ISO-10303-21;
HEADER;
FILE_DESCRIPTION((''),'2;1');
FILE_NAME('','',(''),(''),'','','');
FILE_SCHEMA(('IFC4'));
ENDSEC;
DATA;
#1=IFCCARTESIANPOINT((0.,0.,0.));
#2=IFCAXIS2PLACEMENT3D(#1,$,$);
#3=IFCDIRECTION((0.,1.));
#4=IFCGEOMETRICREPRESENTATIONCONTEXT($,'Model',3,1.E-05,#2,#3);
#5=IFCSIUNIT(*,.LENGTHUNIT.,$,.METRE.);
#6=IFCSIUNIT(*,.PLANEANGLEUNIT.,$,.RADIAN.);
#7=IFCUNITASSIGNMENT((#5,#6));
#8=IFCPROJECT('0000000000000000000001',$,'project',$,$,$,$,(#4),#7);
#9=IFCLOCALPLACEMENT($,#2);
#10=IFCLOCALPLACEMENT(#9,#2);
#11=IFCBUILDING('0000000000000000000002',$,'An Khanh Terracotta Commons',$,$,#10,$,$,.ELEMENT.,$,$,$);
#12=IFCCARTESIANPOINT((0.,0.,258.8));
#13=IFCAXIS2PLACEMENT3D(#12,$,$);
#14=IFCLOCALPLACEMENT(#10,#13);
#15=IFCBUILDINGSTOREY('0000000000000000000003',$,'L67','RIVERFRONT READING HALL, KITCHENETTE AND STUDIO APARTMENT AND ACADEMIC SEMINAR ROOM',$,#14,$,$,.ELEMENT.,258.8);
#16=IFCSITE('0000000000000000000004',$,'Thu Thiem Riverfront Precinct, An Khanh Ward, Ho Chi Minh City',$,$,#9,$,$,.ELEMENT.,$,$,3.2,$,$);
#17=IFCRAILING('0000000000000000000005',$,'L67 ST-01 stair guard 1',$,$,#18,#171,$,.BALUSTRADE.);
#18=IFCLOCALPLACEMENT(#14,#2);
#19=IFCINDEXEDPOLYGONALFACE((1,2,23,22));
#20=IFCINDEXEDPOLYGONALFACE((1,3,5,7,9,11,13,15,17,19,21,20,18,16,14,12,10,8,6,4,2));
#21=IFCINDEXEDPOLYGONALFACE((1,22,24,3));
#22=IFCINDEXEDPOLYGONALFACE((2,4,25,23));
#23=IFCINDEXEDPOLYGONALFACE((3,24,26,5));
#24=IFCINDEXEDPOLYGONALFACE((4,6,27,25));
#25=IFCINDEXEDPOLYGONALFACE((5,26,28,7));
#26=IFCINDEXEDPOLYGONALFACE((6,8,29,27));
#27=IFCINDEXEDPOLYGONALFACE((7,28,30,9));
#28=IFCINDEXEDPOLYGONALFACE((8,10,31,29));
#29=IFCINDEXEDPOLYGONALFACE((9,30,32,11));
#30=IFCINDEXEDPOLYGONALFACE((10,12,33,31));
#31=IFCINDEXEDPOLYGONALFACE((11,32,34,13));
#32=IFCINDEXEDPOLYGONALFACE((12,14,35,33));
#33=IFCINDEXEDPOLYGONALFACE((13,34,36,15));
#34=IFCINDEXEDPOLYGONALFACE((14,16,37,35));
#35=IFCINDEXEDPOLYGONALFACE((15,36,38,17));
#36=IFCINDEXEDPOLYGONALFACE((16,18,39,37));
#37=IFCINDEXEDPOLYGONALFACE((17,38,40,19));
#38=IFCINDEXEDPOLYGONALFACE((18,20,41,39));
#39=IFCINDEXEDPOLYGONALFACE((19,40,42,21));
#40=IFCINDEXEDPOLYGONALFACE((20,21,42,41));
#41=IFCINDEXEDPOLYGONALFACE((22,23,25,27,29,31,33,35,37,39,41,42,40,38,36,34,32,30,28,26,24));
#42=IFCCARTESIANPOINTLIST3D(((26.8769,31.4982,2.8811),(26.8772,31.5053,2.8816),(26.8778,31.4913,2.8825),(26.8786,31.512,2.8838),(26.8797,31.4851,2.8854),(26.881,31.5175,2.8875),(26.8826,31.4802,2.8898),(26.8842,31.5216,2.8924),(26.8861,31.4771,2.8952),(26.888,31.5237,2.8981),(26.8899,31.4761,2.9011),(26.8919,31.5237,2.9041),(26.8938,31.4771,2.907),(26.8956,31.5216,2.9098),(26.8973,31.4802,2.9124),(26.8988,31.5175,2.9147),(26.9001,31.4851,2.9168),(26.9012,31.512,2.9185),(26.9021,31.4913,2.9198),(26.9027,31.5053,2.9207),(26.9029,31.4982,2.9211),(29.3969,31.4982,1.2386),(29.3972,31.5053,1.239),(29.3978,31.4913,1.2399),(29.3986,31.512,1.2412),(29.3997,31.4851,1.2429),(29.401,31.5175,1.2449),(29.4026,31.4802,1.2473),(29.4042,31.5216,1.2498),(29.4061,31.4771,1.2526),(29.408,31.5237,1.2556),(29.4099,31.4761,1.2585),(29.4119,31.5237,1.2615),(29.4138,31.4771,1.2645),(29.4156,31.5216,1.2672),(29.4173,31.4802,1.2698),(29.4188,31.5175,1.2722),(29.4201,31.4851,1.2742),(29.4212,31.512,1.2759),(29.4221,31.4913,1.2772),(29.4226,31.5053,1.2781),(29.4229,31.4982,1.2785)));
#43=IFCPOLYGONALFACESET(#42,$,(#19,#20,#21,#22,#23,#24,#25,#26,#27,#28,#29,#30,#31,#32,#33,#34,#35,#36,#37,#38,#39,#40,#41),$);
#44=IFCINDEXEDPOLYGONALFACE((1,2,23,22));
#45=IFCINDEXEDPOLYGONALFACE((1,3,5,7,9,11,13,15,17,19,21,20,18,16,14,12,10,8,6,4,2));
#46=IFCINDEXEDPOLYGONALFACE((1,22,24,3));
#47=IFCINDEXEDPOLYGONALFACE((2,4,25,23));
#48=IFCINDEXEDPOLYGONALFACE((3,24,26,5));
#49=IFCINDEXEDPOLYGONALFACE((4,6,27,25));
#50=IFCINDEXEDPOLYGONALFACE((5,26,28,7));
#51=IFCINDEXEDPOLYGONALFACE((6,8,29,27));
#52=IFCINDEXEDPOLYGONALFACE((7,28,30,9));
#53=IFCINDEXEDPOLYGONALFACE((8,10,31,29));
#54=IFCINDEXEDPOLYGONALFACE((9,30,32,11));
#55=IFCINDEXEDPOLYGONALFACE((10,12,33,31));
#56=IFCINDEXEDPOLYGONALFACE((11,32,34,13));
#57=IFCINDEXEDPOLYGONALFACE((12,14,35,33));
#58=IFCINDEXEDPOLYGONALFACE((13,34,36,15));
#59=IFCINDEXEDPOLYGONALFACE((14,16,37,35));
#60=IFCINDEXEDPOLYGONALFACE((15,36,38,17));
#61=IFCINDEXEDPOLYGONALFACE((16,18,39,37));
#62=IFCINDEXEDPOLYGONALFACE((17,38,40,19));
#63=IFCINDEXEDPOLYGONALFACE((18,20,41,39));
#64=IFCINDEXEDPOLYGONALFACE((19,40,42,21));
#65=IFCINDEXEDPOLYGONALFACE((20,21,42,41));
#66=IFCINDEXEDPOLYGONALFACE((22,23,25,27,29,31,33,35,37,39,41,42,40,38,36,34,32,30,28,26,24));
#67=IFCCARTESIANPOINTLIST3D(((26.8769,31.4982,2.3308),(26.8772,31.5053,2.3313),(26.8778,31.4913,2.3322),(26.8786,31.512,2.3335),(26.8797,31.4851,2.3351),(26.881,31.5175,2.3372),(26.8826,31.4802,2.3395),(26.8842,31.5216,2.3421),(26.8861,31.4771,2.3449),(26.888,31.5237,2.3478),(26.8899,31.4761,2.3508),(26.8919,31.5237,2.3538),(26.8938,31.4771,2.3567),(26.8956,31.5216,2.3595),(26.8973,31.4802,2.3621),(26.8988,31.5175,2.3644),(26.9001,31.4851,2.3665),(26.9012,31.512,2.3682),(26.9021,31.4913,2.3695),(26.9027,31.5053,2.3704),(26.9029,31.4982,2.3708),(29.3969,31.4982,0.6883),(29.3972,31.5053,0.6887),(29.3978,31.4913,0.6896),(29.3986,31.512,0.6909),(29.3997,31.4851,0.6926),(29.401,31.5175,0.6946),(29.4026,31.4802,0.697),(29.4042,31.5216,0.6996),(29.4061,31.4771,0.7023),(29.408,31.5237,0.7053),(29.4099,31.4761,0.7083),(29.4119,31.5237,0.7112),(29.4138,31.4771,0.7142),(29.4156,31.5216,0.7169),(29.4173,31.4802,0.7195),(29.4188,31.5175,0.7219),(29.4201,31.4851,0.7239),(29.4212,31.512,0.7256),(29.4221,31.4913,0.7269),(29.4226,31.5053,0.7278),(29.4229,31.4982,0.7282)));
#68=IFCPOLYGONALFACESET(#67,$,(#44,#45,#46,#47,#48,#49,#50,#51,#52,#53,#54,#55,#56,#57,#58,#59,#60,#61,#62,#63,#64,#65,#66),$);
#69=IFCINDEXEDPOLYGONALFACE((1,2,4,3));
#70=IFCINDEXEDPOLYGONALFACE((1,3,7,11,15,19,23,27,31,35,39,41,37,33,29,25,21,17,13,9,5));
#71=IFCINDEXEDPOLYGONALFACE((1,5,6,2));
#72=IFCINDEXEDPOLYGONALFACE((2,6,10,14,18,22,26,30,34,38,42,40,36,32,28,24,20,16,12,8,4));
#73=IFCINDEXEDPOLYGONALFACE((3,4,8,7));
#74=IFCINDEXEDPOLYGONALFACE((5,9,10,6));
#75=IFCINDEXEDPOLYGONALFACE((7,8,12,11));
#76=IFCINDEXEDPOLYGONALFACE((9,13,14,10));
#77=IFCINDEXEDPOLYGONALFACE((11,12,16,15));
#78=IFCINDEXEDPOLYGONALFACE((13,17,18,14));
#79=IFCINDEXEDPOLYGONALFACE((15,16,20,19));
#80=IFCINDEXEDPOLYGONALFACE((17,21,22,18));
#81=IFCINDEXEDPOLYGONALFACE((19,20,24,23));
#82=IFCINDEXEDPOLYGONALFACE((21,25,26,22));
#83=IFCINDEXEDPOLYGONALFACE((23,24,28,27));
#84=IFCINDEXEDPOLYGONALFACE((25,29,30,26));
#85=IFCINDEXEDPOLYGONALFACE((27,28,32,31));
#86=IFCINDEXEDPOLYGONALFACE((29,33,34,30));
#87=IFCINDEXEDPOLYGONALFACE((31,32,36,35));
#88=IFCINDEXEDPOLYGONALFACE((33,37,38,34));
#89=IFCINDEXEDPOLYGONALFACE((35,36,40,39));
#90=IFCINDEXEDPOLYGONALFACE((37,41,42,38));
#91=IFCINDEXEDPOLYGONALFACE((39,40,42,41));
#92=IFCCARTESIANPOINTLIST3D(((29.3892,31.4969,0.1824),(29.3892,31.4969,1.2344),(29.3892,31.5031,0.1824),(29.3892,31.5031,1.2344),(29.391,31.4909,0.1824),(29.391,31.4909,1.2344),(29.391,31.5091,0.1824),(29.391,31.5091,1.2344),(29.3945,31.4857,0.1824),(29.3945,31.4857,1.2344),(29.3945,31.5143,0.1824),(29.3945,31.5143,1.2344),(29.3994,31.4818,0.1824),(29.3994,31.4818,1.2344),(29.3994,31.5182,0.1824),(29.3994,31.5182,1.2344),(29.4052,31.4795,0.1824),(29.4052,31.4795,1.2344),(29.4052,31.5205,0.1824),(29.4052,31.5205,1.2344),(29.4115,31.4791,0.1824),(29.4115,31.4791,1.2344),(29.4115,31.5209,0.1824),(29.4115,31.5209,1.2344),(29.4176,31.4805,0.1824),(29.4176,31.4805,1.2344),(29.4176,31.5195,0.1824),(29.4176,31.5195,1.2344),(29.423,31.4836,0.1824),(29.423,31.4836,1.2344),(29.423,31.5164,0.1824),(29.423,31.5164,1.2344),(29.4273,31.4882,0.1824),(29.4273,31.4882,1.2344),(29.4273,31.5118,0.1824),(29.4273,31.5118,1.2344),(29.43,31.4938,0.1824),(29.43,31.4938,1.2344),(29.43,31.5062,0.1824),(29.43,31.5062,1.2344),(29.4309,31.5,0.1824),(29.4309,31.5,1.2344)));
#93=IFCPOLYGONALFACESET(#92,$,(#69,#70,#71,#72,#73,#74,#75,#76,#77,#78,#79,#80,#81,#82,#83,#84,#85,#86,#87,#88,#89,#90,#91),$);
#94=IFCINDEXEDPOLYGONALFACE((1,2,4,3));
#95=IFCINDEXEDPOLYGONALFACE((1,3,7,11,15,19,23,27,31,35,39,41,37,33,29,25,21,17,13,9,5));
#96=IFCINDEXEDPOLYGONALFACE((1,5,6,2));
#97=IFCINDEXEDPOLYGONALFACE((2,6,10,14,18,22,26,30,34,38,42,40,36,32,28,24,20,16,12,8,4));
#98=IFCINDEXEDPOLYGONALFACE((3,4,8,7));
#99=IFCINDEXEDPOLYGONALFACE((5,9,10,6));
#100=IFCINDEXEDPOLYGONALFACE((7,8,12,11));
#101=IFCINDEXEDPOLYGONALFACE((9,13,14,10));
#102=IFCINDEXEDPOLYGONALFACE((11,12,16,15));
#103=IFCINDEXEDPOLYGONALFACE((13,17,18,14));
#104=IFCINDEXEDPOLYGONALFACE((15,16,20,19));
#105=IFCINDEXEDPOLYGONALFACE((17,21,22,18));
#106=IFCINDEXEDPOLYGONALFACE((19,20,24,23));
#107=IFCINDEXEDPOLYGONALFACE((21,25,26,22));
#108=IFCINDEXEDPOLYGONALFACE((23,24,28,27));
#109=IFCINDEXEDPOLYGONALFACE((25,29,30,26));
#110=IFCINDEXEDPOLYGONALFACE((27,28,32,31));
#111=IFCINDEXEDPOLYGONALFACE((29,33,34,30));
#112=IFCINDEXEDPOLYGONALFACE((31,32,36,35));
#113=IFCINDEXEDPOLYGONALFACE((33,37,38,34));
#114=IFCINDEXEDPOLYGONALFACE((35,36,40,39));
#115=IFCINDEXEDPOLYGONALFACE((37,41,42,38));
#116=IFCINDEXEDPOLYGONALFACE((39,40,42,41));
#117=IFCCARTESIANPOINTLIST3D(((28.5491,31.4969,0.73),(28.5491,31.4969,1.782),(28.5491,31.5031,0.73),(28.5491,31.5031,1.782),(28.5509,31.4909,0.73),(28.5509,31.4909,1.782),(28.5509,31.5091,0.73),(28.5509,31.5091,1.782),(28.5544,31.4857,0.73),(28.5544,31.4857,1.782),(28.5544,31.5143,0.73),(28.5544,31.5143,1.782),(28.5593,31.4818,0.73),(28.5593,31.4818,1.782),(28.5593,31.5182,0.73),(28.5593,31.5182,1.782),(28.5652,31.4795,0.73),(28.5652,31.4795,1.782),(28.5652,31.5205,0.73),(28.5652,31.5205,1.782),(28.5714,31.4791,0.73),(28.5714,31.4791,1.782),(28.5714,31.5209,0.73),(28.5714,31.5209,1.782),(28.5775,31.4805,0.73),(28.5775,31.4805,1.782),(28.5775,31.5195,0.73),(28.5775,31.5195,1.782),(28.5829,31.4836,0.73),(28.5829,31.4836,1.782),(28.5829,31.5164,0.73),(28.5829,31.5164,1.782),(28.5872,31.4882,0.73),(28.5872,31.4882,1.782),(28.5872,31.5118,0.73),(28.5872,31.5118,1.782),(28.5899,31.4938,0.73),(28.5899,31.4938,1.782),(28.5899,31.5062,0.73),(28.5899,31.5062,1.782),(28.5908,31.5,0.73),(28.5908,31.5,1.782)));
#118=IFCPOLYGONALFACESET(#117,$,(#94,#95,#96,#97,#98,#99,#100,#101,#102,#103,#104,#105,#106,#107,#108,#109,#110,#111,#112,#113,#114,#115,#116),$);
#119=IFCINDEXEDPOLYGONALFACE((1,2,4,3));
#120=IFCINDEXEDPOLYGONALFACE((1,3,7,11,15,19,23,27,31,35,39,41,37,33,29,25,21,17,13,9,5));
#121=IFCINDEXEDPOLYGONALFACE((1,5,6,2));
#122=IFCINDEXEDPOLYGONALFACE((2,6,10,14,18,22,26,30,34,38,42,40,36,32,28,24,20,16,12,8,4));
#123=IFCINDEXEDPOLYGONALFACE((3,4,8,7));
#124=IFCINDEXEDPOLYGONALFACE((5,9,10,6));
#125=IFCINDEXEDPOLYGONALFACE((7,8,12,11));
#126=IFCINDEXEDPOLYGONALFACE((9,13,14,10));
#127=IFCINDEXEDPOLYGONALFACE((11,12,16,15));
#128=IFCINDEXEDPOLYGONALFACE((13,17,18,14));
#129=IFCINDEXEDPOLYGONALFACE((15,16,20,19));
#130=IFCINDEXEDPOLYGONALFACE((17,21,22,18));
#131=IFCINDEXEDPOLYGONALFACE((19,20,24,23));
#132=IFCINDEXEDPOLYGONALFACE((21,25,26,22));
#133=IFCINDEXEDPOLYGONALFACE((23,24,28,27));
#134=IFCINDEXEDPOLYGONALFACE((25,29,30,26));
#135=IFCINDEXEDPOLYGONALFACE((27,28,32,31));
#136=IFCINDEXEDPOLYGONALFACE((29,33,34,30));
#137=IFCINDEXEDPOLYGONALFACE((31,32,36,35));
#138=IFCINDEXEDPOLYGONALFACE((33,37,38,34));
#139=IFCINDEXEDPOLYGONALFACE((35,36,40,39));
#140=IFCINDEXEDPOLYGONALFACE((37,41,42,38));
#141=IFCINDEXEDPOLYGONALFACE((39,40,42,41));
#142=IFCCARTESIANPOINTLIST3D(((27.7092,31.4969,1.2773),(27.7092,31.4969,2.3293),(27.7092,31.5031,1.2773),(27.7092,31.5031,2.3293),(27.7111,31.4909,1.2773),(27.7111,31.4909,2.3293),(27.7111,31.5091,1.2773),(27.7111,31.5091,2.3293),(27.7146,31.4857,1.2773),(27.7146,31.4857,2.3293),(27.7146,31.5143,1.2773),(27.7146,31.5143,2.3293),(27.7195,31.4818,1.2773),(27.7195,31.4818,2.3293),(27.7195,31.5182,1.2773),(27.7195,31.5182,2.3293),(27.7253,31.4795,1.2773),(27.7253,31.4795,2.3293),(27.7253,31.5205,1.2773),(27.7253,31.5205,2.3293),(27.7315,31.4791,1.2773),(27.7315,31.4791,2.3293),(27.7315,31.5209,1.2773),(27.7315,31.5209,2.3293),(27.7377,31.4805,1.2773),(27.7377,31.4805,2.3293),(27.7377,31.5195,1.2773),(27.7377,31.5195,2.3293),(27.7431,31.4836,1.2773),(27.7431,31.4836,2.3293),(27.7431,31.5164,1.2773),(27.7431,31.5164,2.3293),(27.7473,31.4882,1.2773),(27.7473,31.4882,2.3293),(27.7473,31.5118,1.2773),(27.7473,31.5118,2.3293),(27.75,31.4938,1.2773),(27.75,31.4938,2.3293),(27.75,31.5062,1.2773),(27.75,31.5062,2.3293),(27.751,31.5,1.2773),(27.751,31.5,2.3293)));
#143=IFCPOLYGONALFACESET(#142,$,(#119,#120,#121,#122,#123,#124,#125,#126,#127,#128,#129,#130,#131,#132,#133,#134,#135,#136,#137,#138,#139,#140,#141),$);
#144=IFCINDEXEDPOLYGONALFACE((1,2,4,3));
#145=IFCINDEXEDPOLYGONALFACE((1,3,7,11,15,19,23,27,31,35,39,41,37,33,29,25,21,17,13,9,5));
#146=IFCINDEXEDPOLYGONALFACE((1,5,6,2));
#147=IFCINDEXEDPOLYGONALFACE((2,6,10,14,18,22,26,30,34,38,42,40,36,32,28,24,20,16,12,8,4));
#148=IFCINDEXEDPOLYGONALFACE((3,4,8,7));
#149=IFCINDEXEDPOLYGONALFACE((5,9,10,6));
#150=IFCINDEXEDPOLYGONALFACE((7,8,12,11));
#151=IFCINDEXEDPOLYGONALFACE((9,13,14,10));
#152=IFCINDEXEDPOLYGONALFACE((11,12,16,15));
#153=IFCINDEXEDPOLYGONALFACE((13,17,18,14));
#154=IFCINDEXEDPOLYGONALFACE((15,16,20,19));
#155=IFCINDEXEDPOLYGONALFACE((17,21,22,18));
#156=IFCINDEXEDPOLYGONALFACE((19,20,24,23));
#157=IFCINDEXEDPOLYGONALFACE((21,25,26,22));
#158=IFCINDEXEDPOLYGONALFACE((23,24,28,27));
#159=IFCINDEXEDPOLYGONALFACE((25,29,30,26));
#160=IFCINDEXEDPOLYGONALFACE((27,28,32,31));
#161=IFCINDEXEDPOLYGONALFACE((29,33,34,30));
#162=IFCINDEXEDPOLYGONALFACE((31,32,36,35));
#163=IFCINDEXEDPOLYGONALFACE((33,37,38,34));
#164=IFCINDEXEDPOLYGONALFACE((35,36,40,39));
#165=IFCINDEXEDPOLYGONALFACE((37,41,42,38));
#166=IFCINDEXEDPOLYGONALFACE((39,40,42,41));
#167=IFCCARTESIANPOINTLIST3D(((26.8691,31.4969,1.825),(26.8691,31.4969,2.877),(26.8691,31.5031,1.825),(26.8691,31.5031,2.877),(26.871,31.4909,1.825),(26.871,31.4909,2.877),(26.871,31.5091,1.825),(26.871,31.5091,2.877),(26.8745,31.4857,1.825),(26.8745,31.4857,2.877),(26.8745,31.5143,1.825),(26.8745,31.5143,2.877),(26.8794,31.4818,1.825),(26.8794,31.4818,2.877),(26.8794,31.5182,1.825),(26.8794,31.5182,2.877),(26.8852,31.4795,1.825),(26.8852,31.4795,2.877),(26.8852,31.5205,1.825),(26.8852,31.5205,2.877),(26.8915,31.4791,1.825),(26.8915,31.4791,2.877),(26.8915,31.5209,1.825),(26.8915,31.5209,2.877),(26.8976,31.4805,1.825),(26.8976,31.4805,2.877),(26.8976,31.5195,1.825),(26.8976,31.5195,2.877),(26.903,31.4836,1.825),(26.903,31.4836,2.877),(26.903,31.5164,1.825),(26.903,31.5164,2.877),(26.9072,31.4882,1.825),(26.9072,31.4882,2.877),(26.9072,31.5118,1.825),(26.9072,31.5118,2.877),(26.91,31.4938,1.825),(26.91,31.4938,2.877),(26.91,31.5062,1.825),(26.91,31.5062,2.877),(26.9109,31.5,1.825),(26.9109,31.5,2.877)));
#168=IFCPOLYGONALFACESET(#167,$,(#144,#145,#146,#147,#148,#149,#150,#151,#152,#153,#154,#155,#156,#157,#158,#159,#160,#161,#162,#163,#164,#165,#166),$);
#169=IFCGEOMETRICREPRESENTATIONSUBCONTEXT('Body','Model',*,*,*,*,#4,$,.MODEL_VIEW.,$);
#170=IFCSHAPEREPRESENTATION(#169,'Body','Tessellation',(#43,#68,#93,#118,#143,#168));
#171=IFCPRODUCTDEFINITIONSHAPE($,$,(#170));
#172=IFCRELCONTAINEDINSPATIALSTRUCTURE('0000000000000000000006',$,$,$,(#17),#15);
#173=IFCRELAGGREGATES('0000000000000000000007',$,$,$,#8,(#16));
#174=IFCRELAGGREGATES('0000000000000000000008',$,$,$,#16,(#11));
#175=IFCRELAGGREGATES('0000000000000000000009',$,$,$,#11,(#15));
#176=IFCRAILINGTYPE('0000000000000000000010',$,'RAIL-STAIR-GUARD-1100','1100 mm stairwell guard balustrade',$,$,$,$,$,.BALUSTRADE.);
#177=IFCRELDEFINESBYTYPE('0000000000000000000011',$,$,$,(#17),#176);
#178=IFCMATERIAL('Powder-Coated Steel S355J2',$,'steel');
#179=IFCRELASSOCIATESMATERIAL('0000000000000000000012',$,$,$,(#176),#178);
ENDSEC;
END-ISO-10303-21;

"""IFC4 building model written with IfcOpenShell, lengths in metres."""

from ifc_helpers import new_model, si_unit, direction, frame, origin, origin_2d, place, context, subcontext, project, spatial, circle, extrude, material, type_object, element, save


model = new_model("IFC4")

# Units and contexts
model_context = context("Model", 3, precision=1e-05, world=origin(), true_north=direction((0.0, 1.0)))
body_context = subcontext(model_context, "Body", "Model", "MODEL_VIEW")
ifc_project = project(units=[si_unit("LENGTHUNIT", "METRE"), si_unit("PLANEANGLEUNIT", "RADIAN")], contexts=[model_context])

# Site, building, storey
site_placement = place(None, origin())
site = spatial("IfcSite", under=ifc_project, at=site_placement, Name="Thu Thiem Riverfront Precinct, An Khanh Ward, Ho Chi Minh City", CompositionType="ELEMENT", RefElevation=3.2)
building_placement = place(site_placement, origin())
building = spatial("IfcBuilding", under=site, at=building_placement, Name="An Khanh Terracotta Commons", CompositionType="ELEMENT")
storey_placement = place(building_placement, frame((0.0, 0.0, 258.8)))
storey = spatial("IfcBuildingStorey", under=building, at=storey_placement, Name="L67", Description="RIVERFRONT READING HALL, KITCHENETTE AND STUDIO APARTMENT AND ACADEMIC SEMINAR ROOM", CompositionType="ELEMENT", Elevation=258.8)

# Railing
ifc_material_1 = material(Name="Powder-Coated Steel S355J2", Category="steel")
railing_type_1 = type_object("IfcRailingType", Name="RAIL-STAIR-GUARD-1100", Description="1100 mm stairwell guard balustrade", PredefinedType="BALUSTRADE", material=ifc_material_1)
railing_1_placement = place(storey_placement, frame((29.4099, 31.5, 0.1824)))
element("IfcRailing", 1, at=railing_1_placement, inside=storey, type_object=railing_type_1, Name="L67 ST-01 stair guard 1", PredefinedType="BALUSTRADE", context=body_context, shape_type="SweptSolid", body=[
    extrude(circle(Radius=0.0239, at=origin_2d()), frame((0.0, 0.0, 1.0762), z_axis=(-0.837749, 0.0, 0.546055), x_axis=(0.0, -1.0, 0.0)), (0.0, 0.0, 1.0), 3.0081),
    extrude(circle(Radius=0.0239, at=origin_2d()), frame((0.0, 0.0, 0.5259), z_axis=(-0.837749, 0.0, 0.546055), x_axis=(0.0, -1.0, 0.0)), (0.0, 0.0, 1.0), 3.0081),
    extrude(circle(Radius=0.021, at=origin_2d()), origin(), (0.0, 0.0, 1.0), 1.052),
    extrude(circle(Radius=0.021, at=origin_2d()), frame((-0.8401, 0.0, 0.5476)), (0.0, 0.0, 1.0), 1.052),
    extrude(circle(Radius=0.021, at=origin_2d()), frame((-1.6799, 0.0, 1.095)), (0.0, 0.0, 1.0), 1.052),
    extrude(circle(Radius=0.021, at=origin_2d()), frame((-2.52, 0.0, 1.6426)), (0.0, 0.0, 1.0), 1.052),
])

save(model, "model.ifc")
